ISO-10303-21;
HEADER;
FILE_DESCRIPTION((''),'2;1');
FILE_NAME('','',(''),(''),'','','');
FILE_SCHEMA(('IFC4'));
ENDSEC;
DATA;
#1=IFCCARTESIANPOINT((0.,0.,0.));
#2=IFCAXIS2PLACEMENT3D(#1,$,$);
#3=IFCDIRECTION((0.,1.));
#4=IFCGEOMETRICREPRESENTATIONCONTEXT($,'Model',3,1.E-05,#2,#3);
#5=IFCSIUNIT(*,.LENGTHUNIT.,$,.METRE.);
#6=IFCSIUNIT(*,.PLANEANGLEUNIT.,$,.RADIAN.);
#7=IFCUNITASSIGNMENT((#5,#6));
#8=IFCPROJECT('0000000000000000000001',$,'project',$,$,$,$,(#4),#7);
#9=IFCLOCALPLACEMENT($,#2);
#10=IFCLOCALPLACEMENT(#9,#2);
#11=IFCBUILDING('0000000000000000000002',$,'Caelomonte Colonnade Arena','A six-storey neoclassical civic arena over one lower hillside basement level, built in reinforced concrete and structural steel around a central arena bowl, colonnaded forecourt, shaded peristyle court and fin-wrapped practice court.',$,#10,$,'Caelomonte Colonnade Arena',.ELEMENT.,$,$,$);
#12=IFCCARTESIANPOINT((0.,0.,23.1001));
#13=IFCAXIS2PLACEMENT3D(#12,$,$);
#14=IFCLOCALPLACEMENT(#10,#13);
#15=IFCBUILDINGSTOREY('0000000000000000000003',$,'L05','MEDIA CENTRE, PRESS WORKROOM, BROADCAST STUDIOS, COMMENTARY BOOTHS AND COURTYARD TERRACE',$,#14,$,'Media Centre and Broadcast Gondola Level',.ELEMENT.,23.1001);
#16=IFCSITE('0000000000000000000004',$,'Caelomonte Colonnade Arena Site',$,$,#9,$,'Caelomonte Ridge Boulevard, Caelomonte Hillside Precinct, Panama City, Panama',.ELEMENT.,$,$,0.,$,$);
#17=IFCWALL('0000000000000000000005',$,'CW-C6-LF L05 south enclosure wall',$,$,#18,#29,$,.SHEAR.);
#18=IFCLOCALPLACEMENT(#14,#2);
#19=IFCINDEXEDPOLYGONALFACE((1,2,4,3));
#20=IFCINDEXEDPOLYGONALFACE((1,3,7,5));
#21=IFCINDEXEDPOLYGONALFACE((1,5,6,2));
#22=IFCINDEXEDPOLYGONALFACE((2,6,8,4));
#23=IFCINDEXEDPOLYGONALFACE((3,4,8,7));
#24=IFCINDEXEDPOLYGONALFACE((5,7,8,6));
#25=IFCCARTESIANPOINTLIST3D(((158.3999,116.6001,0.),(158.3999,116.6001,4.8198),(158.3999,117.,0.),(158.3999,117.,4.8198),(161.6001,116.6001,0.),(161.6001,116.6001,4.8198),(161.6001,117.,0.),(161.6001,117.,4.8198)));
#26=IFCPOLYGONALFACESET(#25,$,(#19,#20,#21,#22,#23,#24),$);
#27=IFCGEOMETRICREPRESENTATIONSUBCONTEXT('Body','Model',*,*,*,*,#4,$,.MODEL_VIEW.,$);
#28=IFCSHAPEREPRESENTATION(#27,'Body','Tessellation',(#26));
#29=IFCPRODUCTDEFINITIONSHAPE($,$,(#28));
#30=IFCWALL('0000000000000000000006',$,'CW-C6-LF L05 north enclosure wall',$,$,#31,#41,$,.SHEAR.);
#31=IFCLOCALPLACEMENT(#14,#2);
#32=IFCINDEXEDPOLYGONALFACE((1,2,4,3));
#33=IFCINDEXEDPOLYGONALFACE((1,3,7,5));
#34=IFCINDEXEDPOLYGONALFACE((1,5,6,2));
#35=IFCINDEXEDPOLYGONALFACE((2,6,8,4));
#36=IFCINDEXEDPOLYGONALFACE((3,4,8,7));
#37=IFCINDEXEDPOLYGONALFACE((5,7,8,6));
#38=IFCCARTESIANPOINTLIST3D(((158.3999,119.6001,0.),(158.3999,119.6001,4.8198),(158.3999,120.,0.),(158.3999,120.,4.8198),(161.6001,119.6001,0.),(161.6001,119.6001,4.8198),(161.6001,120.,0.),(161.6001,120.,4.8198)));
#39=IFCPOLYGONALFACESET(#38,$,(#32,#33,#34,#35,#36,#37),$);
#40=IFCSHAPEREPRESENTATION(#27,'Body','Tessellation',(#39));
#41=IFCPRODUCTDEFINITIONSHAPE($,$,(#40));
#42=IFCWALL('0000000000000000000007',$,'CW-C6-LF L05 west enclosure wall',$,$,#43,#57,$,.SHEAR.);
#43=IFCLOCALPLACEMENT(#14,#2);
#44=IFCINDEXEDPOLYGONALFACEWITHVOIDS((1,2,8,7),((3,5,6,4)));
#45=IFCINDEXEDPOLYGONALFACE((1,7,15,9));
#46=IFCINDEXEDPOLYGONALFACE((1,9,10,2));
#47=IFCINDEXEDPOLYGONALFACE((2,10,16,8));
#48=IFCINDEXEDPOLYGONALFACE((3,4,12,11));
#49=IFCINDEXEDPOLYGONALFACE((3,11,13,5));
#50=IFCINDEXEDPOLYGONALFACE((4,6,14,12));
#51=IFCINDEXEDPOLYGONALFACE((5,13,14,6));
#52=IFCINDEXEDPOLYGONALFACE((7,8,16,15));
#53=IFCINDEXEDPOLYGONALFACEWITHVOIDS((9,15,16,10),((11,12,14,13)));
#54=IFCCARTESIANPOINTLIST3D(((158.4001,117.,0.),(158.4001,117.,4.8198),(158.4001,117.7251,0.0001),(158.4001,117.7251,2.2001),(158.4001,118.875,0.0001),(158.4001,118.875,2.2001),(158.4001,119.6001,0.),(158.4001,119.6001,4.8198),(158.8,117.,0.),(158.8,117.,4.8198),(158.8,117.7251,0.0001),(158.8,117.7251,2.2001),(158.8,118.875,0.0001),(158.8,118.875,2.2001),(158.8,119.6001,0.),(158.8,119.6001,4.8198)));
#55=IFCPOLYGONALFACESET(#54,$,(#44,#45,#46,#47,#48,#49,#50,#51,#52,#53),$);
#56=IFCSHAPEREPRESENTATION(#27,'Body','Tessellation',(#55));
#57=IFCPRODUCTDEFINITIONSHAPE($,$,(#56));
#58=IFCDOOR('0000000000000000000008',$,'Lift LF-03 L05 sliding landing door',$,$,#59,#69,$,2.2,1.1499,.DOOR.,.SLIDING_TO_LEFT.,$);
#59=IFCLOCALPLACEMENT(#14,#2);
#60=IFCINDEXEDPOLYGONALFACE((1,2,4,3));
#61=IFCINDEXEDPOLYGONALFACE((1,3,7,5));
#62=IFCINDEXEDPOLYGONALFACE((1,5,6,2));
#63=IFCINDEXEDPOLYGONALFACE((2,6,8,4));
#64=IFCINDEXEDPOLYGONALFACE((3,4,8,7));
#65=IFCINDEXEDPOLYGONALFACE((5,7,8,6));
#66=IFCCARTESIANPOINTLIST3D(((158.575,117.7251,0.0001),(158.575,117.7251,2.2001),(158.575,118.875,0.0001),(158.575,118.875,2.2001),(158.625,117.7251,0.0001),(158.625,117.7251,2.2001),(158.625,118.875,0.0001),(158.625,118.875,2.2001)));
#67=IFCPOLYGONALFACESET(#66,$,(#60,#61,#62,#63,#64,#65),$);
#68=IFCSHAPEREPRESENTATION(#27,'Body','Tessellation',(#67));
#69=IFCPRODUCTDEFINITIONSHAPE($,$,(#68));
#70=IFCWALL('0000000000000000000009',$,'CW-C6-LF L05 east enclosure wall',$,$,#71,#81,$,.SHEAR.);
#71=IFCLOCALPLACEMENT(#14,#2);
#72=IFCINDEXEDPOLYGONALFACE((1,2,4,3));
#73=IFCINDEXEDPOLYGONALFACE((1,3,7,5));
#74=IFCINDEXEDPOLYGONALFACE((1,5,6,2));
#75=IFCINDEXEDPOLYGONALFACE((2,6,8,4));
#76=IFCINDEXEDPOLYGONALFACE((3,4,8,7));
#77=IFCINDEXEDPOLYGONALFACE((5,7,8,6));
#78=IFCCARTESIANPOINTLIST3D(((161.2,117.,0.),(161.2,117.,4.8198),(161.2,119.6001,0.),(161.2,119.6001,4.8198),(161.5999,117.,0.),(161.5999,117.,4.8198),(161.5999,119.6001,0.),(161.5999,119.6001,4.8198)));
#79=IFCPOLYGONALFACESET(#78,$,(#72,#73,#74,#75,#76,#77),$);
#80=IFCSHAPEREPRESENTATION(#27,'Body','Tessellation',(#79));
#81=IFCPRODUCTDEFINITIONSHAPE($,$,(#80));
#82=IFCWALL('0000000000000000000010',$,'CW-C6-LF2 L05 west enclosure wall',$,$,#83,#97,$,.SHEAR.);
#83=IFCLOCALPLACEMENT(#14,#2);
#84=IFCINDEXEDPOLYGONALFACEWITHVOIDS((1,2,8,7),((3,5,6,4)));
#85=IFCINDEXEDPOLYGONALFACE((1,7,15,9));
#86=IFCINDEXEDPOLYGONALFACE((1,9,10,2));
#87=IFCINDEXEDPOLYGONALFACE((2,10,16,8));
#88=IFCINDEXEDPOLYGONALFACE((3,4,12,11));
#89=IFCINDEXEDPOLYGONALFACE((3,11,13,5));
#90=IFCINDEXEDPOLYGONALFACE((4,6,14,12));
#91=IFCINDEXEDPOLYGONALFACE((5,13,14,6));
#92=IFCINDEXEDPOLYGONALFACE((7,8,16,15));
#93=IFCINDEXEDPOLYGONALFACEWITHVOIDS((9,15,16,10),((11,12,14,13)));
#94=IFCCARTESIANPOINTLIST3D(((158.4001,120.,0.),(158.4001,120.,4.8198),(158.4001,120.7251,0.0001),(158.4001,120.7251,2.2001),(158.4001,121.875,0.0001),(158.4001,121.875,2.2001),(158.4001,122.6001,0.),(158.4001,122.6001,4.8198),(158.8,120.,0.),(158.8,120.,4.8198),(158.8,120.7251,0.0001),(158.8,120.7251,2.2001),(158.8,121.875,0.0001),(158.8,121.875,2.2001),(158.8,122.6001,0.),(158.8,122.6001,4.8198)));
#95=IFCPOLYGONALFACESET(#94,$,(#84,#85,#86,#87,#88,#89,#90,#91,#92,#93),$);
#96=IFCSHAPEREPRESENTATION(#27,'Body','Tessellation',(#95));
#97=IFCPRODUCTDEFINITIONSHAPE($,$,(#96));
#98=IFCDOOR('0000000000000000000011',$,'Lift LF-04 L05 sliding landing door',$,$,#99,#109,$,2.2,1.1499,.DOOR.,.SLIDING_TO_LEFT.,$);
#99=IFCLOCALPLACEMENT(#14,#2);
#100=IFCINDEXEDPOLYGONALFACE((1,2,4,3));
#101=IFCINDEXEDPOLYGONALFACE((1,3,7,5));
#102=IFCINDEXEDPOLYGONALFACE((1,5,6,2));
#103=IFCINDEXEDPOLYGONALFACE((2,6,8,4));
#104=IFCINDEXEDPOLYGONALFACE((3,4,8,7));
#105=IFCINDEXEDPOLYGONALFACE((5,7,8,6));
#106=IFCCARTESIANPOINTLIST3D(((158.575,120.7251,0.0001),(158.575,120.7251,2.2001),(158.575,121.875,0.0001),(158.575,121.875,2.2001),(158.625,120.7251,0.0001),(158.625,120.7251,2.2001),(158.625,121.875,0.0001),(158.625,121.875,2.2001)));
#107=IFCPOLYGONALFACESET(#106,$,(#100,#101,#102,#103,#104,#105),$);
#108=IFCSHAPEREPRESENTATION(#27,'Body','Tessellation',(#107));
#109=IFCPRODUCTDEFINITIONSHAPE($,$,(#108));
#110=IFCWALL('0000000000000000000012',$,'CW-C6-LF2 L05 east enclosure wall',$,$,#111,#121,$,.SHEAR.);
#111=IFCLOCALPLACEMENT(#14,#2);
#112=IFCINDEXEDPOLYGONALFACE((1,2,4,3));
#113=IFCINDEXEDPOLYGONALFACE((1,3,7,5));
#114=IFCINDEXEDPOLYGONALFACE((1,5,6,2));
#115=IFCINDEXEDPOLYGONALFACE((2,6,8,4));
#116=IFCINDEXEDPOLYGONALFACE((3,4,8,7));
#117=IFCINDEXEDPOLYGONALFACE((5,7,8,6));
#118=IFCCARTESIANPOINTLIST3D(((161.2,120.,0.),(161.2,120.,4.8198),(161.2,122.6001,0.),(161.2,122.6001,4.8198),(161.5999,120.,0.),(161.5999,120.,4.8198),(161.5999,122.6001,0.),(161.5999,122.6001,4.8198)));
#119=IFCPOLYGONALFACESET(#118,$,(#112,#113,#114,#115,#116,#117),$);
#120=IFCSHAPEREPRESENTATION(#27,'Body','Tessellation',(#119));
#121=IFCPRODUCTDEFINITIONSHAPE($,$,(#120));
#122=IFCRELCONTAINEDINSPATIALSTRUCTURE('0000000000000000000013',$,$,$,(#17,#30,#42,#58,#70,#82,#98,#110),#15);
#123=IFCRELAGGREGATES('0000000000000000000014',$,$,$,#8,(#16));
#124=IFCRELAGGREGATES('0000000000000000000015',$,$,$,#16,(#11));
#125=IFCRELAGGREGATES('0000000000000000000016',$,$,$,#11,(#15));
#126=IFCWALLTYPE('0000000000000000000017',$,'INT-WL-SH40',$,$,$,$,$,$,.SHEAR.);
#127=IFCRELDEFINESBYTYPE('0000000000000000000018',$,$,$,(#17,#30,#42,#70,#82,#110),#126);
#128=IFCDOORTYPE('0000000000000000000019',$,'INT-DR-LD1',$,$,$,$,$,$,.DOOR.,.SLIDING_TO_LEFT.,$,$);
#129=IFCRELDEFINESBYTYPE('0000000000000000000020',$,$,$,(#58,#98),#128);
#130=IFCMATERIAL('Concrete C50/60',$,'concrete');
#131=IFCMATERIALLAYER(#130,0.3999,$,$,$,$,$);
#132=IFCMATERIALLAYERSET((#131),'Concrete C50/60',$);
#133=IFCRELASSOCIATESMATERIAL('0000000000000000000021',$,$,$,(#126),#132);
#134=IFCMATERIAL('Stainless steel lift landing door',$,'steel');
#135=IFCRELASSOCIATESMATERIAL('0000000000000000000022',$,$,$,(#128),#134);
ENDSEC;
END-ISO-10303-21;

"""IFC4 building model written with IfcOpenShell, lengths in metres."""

from ifc_helpers import new_model, si_unit, direction, frame, frame_2d, origin, place, context, subcontext, project, spatial, rectangle, extrude, material, layer, layer_set, type_object, element, fill, save


model = new_model("IFC4")

# Units and contexts
model_context = context("Model", 3, precision=1e-05, world=origin(), true_north=direction((0.0, 1.0)))
body_context = subcontext(model_context, "Body", "Model", "MODEL_VIEW")
ifc_project = project(units=[si_unit("LENGTHUNIT", "METRE"), si_unit("PLANEANGLEUNIT", "RADIAN")], contexts=[model_context])

# Site, building, storey
site_placement = place(None, origin())
site = spatial("IfcSite", under=ifc_project, at=site_placement, Name="Caelomonte Colonnade Arena Site", LongName="Caelomonte Ridge Boulevard, Caelomonte Hillside Precinct, Panama City, Panama", CompositionType="ELEMENT", RefElevation=0.0)
building_placement = place(site_placement, origin())
building = spatial("IfcBuilding", under=site, at=building_placement, Name="Caelomonte Colonnade Arena", Description="A six-storey neoclassical civic arena over one lower hillside basement level, built in reinforced concrete and structural steel around a central arena bowl, colonnaded forecourt, shaded peristyle court and fin-wrapped practice court.", LongName="Caelomonte Colonnade Arena", CompositionType="ELEMENT")
storey_placement = place(building_placement, frame((0.0, 0.0, 23.1001)))
storey = spatial("IfcBuildingStorey", under=building, at=storey_placement, Name="L05", Description="MEDIA CENTRE, PRESS WORKROOM, BROADCAST STUDIOS, COMMENTARY BOOTHS AND COURTYARD TERRACE", LongName="Media Centre and Broadcast Gondola Level", CompositionType="ELEMENT", Elevation=23.1001)

# Walls
ifc_material_1 = material(Name="Concrete C50/60", Category="concrete")
ifc_layer_1 = layer(ifc_material_1, 0.3999)
ifc_layer_set_1 = layer_set([ifc_layer_1], Name="Concrete C50/60")
wall_type_1 = type_object("IfcWallType", Name="INT-WL-SH40", PredefinedType="SHEAR", material=ifc_layer_set_1)
for number, where, z_axis, x_axis, name in (
    (1, (158.3999, 116.8, 0.0), (0.0, 0.0, 1.0), (1.0, 0.0, 0.0), "CW-C6-LF L05 south enclosure wall"),
    (2, (161.6001, 119.8, 0.0), (0.0, 0.0, 1.0), (-1.0, 0.0, 0.0), "CW-C6-LF L05 north enclosure wall"),
):
    element("IfcWall", number, at=place(storey_placement, frame(where, z_axis=z_axis, x_axis=x_axis)), inside=storey, type_object=wall_type_1, Name=name, PredefinedType="SHEAR", context=body_context, shape_type="SweptSolid", body=[
        extrude(rectangle(XDim=3.2002, YDim=0.3999, at=frame_2d((1.6001, 0.0))), origin(), (0.0, 0.0, 1.0), 4.8198),
    ])

# Wall, opening, door
wall_1_placement = place(storey_placement, frame((158.6001, 119.6001, 0.0), z_axis=(0.0, 0.0, 1.0), x_axis=(0.0, -1.0, 0.0)))
wall_1 = element("IfcWall", 3, at=wall_1_placement, inside=storey, type_object=wall_type_1, Name="CW-C6-LF L05 west enclosure wall", PredefinedType="SHEAR", context=body_context, shape_type="SweptSolid", body=[
    extrude(rectangle(XDim=2.6001, YDim=0.3999, at=frame_2d((1.3, 0.0))), origin(), (0.0, 0.0, 1.0), 4.8198),
])
opening_1_placement = place(wall_1_placement, frame((0.7251, 0.0, 0.0), z_axis=(0.0, 0.0, 1.0), x_axis=(1.0, 0.0, 0.0)))
opening_1 = element("IfcOpeningElement", 4, at=opening_1_placement, cuts=wall_1, PredefinedType="OPENING", context=body_context, shape_type="SweptSolid", body=[
    extrude(rectangle(XDim=1.1499, YDim=2.2, at=frame_2d((0.575, 1.1001))), frame((0.0, 0.21, 0.0), z_axis=(0.0, -1.0, 0.0), x_axis=(1.0, 0.0, 0.0)), (0.0, 0.0, 1.0), 0.4199),
])
ifc_material_2 = material(Name="Stainless steel lift landing door", Category="steel")
door_type_1 = type_object("IfcDoorType", Name="INT-DR-LD1", OperationType="SLIDING_TO_LEFT", PredefinedType="DOOR", material=ifc_material_2)
door_1_placement = place(opening_1_placement, origin())
door_1 = element("IfcDoor", 5, at=door_1_placement, inside=storey, type_object=door_type_1, Name="Lift LF-03 L05 sliding landing door", OperationType="SLIDING_TO_LEFT", OverallHeight=2.2, OverallWidth=1.1499, PredefinedType="DOOR", context=body_context, shape_type="SweptSolid", body=[
    extrude(rectangle(XDim=1.1499, YDim=2.2, at=frame_2d((0.575, 1.1001))), frame((0.0, 0.0249, 0.0), z_axis=(0.0, -1.0, 0.0), x_axis=(1.0, 0.0, 0.0)), (0.0, 0.0, 1.0), 0.05),
])
fill(opening_1, door_1)

# Wall
wall_2_placement = place(storey_placement, frame((161.3999, 117.0, 0.0), z_axis=(0.0, 0.0, 1.0), x_axis=(0.0, 1.0, 0.0)))
element("IfcWall", 6, at=wall_2_placement, inside=storey, type_object=wall_type_1, Name="CW-C6-LF L05 east enclosure wall", PredefinedType="SHEAR", context=body_context, shape_type="SweptSolid", body=[
    extrude(rectangle(XDim=2.6001, YDim=0.3999, at=frame_2d((1.3, 0.0))), origin(), (0.0, 0.0, 1.0), 4.8198),
])

# Wall, opening, door
wall_3_placement = place(storey_placement, frame((158.6001, 122.6001, 0.0), z_axis=(0.0, 0.0, 1.0), x_axis=(0.0, -1.0, 0.0)))
wall_3 = element("IfcWall", 7, at=wall_3_placement, inside=storey, type_object=wall_type_1, Name="CW-C6-LF2 L05 west enclosure wall", PredefinedType="SHEAR", context=body_context, shape_type="SweptSolid", body=[
    extrude(rectangle(XDim=2.6001, YDim=0.3999, at=frame_2d((1.3, 0.0))), origin(), (0.0, 0.0, 1.0), 4.8198),
])
opening_2_placement = place(wall_3_placement, frame((0.7251, 0.0, 0.0), z_axis=(0.0, 0.0, 1.0), x_axis=(1.0, 0.0, 0.0)))
opening_2 = element("IfcOpeningElement", 8, at=opening_2_placement, cuts=wall_3, PredefinedType="OPENING", context=body_context, shape_type="SweptSolid", body=[
    extrude(rectangle(XDim=1.1499, YDim=2.2, at=frame_2d((0.575, 1.1001))), frame((0.0, 0.21, 0.0), z_axis=(0.0, -1.0, 0.0), x_axis=(1.0, 0.0, 0.0)), (0.0, 0.0, 1.0), 0.4199),
])
door_2_placement = place(opening_2_placement, origin())
door_2 = element("IfcDoor", 9, at=door_2_placement, inside=storey, type_object=door_type_1, Name="Lift LF-04 L05 sliding landing door", OperationType="SLIDING_TO_LEFT", OverallHeight=2.2, OverallWidth=1.1499, PredefinedType="DOOR", context=body_context, shape_type="SweptSolid", body=[
    extrude(rectangle(XDim=1.1499, YDim=2.2, at=frame_2d((0.575, 1.1001))), frame((0.0, 0.0249, 0.0), z_axis=(0.0, -1.0, 0.0), x_axis=(1.0, 0.0, 0.0)), (0.0, 0.0, 1.0), 0.05),
])
fill(opening_2, door_2)

# Wall
wall_4_placement = place(storey_placement, frame((161.3999, 120.0, 0.0), z_axis=(0.0, 0.0, 1.0), x_axis=(0.0, 1.0, 0.0)))
element("IfcWall", 10, at=wall_4_placement, inside=storey, type_object=wall_type_1, Name="CW-C6-LF2 L05 east enclosure wall", PredefinedType="SHEAR", context=body_context, shape_type="SweptSolid", body=[
    extrude(rectangle(XDim=2.6001, YDim=0.3999, at=frame_2d((1.3, 0.0))), origin(), (0.0, 0.0, 1.0), 4.8198),
])

save(model, "model.ifc")
